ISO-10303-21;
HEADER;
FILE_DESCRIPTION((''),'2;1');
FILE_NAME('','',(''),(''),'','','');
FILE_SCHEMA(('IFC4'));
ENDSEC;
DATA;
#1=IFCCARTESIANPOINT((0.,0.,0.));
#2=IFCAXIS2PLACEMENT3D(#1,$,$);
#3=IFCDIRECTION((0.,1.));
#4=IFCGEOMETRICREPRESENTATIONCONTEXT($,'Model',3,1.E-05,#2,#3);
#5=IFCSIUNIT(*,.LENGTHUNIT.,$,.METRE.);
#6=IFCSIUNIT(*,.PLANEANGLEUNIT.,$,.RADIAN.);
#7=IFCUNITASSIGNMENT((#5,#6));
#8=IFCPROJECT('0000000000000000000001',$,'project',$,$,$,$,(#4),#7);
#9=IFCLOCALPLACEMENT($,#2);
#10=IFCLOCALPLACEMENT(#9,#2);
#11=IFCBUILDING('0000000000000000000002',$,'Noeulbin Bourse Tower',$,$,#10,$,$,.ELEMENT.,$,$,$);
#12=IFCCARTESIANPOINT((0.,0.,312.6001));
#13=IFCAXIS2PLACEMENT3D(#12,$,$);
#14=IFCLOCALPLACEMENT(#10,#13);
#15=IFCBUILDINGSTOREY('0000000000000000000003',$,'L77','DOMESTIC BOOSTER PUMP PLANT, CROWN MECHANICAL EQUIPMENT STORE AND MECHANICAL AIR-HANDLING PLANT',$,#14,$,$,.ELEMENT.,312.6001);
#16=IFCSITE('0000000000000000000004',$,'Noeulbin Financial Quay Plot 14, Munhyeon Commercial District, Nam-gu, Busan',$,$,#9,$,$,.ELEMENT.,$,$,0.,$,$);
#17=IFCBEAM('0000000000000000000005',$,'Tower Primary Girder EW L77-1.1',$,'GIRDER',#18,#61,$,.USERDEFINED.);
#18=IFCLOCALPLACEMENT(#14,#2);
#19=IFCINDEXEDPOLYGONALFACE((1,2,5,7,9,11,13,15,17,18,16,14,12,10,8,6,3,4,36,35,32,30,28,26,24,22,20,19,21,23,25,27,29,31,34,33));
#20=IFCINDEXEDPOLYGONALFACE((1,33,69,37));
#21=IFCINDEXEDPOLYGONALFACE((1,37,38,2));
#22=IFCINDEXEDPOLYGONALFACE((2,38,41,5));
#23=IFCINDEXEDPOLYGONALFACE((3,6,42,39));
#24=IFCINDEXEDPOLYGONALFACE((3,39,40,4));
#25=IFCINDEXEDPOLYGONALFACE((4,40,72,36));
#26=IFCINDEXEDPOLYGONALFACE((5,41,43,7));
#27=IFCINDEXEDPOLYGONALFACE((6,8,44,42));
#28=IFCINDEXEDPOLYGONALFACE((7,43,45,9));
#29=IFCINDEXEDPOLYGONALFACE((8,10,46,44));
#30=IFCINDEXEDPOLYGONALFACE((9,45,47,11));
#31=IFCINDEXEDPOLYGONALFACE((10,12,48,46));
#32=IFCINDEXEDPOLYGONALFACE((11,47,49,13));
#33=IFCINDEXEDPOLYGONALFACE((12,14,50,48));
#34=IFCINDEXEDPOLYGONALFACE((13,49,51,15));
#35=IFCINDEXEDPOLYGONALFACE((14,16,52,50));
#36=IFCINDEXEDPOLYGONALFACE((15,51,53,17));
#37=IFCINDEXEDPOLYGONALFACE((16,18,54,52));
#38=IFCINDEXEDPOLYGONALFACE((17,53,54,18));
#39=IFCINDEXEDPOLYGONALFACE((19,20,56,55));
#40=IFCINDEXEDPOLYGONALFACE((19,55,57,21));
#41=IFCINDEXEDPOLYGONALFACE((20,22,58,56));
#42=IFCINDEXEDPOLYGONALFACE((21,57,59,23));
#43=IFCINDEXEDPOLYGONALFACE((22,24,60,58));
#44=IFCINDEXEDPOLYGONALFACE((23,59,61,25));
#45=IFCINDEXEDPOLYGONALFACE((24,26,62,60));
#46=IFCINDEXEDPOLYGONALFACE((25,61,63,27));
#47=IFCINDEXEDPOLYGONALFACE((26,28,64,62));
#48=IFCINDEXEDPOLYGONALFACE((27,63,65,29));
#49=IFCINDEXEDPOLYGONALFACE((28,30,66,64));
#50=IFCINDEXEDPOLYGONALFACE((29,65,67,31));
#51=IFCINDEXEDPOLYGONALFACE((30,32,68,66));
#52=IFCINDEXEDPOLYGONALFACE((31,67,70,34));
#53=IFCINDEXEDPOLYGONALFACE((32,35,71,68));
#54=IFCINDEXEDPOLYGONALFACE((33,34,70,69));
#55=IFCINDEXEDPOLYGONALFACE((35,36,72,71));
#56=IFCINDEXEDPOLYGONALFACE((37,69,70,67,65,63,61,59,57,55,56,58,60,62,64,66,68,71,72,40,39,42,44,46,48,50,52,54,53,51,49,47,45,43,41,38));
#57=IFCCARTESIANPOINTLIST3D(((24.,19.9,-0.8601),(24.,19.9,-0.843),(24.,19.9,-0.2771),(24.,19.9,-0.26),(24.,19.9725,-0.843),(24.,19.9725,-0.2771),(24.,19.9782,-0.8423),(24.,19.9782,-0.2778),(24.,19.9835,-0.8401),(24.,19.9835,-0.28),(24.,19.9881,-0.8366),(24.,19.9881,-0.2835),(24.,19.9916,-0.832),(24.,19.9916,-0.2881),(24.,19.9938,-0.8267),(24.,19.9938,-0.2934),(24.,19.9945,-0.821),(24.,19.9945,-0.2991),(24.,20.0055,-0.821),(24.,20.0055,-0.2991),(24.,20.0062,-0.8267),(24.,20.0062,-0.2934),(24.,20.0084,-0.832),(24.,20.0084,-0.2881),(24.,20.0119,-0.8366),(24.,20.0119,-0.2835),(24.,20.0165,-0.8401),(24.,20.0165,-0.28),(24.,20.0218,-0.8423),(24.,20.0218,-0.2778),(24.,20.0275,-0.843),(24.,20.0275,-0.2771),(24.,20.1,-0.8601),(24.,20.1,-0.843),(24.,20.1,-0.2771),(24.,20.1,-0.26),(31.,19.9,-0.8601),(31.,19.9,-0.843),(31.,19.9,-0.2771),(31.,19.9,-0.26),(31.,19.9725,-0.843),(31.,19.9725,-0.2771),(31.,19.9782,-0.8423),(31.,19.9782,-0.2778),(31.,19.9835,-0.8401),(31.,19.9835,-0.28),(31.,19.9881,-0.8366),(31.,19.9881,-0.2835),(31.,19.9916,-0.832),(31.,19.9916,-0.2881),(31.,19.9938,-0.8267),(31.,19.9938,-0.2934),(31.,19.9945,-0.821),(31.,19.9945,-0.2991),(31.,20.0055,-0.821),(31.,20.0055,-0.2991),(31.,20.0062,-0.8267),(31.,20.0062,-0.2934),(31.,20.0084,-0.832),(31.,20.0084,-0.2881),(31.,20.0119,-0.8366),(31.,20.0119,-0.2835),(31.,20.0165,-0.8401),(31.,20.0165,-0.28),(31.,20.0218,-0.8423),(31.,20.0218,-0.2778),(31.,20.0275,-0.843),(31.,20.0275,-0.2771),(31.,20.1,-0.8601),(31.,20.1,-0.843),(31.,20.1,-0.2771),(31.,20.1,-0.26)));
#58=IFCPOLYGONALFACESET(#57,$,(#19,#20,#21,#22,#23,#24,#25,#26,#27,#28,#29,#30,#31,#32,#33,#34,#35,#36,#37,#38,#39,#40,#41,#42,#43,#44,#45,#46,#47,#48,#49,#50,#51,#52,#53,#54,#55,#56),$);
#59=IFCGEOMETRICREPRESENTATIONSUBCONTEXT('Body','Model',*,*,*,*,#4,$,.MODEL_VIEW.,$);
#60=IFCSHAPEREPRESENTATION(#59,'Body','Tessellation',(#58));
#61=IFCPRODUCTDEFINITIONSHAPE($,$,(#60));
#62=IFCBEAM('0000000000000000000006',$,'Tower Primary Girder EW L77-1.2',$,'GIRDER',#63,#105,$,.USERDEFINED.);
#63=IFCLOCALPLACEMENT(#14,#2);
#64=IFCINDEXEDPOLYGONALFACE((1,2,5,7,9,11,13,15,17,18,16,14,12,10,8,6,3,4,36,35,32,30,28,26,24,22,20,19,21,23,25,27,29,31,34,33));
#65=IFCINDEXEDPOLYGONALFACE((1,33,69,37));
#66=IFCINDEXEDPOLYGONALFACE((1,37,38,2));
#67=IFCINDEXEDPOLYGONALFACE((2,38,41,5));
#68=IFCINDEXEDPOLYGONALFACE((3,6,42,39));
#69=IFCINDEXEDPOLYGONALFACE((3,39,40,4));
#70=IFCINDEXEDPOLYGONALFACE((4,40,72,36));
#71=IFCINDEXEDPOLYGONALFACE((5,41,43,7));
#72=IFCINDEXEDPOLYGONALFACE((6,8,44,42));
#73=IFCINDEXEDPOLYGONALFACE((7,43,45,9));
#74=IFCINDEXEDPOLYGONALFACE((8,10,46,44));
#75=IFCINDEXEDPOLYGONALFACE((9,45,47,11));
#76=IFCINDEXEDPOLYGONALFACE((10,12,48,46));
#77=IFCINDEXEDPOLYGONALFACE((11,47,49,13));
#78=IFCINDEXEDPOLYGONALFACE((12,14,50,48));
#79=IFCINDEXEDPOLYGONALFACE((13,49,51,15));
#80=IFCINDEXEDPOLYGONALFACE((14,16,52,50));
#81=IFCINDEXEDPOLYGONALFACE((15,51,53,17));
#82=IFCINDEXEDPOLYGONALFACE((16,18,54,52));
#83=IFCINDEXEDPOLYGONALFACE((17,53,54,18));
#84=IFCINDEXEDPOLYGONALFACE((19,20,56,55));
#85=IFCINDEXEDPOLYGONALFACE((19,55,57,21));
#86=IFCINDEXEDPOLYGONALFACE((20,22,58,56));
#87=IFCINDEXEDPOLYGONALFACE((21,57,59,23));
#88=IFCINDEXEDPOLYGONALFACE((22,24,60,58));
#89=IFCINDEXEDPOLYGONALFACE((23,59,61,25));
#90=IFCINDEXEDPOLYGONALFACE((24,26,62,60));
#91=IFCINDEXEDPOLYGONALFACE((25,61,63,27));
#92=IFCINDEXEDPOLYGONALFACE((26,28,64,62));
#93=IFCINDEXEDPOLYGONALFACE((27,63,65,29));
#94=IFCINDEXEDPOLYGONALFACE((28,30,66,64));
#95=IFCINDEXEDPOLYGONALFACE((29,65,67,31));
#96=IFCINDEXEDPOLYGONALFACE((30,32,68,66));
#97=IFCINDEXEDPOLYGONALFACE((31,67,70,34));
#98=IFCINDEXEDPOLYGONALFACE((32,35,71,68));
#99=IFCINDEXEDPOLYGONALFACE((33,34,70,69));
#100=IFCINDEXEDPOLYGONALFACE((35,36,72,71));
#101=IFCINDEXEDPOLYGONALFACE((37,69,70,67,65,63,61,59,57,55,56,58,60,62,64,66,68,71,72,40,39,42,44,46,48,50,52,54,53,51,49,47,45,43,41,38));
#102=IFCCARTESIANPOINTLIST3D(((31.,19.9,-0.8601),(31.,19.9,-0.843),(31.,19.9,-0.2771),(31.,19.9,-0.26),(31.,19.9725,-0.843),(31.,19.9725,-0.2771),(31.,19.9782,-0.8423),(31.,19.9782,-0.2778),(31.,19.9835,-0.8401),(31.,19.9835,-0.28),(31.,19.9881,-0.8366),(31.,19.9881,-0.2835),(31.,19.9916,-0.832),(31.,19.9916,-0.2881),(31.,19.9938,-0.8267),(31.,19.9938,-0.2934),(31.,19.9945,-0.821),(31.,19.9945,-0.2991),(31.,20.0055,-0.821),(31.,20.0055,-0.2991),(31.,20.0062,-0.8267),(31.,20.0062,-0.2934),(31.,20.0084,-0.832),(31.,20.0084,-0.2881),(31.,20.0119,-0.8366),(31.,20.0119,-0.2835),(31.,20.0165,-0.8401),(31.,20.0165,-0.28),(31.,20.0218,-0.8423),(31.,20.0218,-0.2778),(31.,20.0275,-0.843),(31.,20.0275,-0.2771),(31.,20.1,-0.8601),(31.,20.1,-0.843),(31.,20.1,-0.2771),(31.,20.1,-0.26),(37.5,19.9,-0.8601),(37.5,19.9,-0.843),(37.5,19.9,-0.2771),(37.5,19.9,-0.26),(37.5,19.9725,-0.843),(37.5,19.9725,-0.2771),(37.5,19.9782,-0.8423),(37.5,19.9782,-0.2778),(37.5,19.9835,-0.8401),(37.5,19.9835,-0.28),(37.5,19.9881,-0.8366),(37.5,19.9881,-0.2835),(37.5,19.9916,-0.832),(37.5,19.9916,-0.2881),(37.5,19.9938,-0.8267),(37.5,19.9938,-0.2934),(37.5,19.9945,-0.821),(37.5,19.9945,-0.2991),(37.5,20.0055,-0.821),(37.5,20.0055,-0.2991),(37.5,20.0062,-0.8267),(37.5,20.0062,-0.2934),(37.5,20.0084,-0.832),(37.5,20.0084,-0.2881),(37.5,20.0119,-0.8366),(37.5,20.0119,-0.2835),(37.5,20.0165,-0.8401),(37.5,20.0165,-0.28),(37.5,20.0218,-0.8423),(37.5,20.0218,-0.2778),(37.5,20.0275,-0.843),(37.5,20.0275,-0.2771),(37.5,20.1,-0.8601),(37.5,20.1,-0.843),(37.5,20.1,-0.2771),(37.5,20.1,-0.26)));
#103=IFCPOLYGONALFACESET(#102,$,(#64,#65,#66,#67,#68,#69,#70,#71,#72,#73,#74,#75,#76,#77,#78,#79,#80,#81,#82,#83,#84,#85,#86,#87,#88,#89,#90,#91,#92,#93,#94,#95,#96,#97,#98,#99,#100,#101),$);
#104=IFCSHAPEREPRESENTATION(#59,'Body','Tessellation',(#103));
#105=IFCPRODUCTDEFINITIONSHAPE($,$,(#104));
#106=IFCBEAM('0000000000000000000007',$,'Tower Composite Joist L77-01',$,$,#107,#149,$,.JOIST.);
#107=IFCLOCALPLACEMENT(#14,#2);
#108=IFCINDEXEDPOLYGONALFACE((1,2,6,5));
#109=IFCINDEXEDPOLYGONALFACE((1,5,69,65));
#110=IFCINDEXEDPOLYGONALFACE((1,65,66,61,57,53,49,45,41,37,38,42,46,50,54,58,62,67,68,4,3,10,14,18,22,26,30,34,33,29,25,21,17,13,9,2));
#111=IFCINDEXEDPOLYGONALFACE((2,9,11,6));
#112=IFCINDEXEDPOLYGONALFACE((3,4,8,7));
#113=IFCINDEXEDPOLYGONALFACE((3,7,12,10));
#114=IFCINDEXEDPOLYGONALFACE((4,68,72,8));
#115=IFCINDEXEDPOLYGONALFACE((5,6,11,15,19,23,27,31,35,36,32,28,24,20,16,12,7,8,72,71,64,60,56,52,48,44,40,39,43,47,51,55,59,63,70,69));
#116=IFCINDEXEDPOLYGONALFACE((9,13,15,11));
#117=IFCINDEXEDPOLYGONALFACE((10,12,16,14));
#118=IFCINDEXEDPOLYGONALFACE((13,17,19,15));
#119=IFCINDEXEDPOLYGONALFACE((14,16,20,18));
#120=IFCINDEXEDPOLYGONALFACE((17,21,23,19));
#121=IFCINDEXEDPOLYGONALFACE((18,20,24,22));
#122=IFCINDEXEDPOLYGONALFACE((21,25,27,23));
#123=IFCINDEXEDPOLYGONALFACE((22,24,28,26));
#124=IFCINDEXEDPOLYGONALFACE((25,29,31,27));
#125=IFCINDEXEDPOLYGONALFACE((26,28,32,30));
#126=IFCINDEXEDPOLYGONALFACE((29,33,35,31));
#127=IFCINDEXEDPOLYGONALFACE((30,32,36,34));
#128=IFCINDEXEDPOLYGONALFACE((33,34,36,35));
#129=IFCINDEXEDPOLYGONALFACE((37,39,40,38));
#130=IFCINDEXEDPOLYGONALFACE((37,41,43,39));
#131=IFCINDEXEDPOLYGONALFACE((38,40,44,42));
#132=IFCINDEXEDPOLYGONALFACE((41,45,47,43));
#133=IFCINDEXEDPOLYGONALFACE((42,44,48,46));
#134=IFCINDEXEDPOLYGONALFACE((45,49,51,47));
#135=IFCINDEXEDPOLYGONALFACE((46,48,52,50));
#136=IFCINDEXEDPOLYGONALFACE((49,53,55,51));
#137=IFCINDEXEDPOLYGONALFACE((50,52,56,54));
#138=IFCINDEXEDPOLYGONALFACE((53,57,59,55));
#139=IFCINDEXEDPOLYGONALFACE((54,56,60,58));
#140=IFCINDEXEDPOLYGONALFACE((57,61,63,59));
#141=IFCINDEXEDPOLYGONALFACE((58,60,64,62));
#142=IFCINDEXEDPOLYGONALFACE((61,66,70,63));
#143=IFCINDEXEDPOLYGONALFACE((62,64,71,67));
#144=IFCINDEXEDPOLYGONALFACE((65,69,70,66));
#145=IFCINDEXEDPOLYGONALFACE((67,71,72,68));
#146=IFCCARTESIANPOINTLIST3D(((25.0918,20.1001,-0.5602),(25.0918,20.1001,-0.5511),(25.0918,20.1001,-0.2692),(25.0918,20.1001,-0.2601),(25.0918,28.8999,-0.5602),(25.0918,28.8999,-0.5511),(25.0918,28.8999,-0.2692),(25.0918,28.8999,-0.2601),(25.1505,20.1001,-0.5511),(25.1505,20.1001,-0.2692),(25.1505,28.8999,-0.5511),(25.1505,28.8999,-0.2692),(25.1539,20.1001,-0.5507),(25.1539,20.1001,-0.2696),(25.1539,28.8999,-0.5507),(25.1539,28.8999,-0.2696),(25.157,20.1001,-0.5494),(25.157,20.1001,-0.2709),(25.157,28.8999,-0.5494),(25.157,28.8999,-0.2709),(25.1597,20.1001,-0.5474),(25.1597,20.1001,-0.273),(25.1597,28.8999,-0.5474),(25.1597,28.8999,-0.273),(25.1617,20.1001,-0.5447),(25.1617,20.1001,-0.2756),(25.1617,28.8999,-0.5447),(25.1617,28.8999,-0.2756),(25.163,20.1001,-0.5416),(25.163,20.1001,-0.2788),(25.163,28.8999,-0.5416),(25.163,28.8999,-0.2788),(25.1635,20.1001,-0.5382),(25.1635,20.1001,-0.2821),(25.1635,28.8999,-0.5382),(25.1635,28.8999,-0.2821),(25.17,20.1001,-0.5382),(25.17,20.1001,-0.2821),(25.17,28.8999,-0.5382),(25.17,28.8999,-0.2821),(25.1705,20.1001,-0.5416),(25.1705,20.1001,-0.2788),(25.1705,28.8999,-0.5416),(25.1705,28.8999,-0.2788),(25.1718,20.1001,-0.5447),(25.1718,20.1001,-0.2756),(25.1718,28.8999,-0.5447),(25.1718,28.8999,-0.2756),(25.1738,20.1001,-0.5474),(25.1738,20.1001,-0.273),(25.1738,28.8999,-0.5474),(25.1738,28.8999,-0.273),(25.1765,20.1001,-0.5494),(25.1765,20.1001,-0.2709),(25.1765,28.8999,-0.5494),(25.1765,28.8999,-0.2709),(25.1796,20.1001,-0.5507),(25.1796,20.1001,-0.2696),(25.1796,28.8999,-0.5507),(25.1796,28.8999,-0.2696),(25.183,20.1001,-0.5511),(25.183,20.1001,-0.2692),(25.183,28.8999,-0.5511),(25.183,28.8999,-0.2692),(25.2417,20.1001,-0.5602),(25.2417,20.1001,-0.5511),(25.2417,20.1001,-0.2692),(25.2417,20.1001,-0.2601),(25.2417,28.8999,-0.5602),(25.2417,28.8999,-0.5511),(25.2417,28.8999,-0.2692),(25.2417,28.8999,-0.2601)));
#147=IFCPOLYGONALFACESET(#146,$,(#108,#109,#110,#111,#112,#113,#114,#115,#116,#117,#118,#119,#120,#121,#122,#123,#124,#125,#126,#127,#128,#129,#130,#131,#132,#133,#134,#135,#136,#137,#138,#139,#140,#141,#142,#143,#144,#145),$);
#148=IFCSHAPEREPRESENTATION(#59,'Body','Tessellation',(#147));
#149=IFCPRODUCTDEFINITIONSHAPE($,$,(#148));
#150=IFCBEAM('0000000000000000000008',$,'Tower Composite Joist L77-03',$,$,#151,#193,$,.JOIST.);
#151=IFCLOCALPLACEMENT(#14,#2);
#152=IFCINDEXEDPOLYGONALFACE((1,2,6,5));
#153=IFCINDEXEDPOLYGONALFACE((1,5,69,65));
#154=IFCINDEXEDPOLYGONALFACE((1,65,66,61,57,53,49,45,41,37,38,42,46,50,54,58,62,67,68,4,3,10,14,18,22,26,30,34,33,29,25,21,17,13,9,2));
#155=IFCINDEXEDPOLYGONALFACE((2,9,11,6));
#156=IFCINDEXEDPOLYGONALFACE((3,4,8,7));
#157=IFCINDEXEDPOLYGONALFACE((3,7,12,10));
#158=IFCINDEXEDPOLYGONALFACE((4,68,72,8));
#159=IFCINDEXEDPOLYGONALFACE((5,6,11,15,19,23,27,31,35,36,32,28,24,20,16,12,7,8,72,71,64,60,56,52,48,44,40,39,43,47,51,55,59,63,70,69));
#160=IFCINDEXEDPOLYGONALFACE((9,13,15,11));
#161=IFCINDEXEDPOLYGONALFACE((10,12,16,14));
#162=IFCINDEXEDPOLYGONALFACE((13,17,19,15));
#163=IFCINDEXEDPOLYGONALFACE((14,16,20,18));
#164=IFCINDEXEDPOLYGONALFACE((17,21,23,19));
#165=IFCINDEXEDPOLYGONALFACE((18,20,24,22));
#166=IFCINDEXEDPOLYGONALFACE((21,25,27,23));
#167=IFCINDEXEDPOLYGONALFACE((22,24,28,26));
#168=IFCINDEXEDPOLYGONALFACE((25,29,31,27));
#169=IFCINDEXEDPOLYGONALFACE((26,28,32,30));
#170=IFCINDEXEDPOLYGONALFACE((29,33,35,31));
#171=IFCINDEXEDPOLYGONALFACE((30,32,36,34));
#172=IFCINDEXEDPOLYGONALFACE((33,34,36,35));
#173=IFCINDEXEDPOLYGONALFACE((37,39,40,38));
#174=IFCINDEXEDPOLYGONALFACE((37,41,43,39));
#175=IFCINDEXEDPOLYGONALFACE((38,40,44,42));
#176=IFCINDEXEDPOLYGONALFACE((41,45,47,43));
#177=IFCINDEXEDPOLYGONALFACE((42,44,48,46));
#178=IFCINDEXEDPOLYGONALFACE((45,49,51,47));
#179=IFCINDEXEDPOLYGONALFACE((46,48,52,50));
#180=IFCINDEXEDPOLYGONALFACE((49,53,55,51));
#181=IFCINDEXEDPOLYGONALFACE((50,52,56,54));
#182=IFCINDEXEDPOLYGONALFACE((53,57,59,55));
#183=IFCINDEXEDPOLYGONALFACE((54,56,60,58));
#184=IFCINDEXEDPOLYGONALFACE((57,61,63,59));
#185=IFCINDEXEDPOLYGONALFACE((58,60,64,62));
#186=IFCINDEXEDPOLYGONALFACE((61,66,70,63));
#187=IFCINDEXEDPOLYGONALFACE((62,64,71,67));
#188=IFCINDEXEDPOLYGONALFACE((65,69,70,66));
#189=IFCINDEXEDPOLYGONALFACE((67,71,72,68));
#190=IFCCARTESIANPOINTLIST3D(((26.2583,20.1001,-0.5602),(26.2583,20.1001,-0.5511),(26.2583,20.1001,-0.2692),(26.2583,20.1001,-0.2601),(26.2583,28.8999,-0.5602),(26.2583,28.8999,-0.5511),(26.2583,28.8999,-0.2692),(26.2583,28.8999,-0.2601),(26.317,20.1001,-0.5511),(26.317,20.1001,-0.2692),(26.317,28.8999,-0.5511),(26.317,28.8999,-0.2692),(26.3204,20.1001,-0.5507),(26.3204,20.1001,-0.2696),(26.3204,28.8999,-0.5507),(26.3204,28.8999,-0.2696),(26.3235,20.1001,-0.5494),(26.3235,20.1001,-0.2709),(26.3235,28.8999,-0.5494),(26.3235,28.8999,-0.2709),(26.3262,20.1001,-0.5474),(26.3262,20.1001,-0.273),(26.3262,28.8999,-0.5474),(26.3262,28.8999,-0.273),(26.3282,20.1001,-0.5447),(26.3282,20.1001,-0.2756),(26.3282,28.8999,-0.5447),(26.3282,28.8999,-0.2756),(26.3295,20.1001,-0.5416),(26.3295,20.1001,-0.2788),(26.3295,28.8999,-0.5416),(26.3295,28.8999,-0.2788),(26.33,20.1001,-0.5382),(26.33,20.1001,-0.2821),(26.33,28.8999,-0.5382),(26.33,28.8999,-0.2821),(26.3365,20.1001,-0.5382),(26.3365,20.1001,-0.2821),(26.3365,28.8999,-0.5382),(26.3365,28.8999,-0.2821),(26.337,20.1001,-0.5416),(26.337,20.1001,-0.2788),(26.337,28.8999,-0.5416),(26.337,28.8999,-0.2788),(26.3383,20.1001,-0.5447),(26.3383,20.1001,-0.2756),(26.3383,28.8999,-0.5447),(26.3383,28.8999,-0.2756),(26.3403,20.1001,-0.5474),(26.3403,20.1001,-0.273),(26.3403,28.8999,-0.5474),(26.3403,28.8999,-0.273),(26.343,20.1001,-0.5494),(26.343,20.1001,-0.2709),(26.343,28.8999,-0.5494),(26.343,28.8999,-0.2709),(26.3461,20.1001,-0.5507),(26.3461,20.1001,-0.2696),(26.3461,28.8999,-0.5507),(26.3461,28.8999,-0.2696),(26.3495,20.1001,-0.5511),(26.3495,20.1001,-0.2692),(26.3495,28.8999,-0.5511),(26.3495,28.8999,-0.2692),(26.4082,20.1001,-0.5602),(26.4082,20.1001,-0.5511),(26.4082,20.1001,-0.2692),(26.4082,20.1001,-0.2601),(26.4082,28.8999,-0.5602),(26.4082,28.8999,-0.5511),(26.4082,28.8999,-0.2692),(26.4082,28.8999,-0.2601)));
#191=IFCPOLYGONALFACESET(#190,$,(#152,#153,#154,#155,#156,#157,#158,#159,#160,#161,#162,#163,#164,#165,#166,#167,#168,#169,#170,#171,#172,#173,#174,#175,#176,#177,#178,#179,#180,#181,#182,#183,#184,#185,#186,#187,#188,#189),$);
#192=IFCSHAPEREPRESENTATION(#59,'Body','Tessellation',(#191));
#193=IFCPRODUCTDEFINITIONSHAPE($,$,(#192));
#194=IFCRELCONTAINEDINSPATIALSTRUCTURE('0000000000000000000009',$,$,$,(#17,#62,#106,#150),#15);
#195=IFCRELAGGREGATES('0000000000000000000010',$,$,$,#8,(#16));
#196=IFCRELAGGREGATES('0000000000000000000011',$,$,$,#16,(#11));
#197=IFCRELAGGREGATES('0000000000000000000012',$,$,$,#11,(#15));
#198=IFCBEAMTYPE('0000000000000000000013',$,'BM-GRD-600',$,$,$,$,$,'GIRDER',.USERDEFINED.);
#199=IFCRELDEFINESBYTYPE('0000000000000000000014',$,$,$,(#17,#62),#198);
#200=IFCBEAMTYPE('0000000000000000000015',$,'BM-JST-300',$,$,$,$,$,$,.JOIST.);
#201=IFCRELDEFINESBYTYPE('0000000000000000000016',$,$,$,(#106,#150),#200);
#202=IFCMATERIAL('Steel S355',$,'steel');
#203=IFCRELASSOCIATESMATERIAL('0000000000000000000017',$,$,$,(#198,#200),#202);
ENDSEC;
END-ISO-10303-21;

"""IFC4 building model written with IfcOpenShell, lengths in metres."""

from ifc_helpers import new_model, si_unit, direction, frame, origin, origin_2d, place, context, subcontext, project, spatial, i_section, extrude, material, material_profile, profile_set, type_object, element, save


model = new_model("IFC4")

# Units and contexts
model_context = context("Model", 3, precision=1e-05, world=origin(), true_north=direction((0.0, 1.0)))
body_context = subcontext(model_context, "Body", "Model", "MODEL_VIEW")
ifc_project = project(units=[si_unit("LENGTHUNIT", "METRE"), si_unit("PLANEANGLEUNIT", "RADIAN")], contexts=[model_context])

# Site, building, storey
site_placement = place(None, origin())
site = spatial("IfcSite", under=ifc_project, at=site_placement, Name="Noeulbin Financial Quay Plot 14, Munhyeon Commercial District, Nam-gu, Busan", CompositionType="ELEMENT", RefElevation=0.0)
building_placement = place(site_placement, origin())
building = spatial("IfcBuilding", under=site, at=building_placement, Name="Noeulbin Bourse Tower", CompositionType="ELEMENT")
storey_placement = place(building_placement, frame((0.0, 0.0, 312.6001)))
storey = spatial("IfcBuildingStorey", under=building, at=storey_placement, Name="L77", Description="DOMESTIC BOOSTER PUMP PLANT, CROWN MECHANICAL EQUIPMENT STORE AND MECHANICAL AIR-HANDLING PLANT", CompositionType="ELEMENT", Elevation=312.6001)

# Shared definitions
ifc_material_1 = material(Name="Steel S355", Category="steel")

# Beams
ifc_material_profile_1 = material_profile(ifc_material_1, i_section(OverallWidth=0.2, OverallDepth=0.6001, WebThickness=0.011, FlangeThickness=0.0171, FilletRadius=0.022, at=origin_2d()), Name="H-600x200x11x17", Category="LoadBearing")
ifc_profile_set_1 = profile_set([ifc_material_profile_1], Name="Steel S355")
beam_type_1 = type_object("IfcBeamType", Name="BM-GRD-600", ElementType="GIRDER", PredefinedType="USERDEFINED", material=ifc_profile_set_1)
beam_1_placement = place(storey_placement, frame((24.0, 20.0, -0.5601), z_axis=(1.0, 0.0, 0.0), x_axis=(0.0, 1.0, 0.0)))
element("IfcBeam", 1, at=beam_1_placement, inside=storey, type_object=beam_type_1, Name="Tower Primary Girder EW L77-1.1", ObjectType="GIRDER", PredefinedType="USERDEFINED", context=body_context, shape_type="SweptSolid", body=[
    extrude(i_section(OverallWidth=0.2, OverallDepth=0.6001, WebThickness=0.011, FlangeThickness=0.0171, FilletRadius=0.022, at=origin_2d()), origin(), (0.0, 0.0, 1.0), 7.0),
])
beam_2_placement = place(storey_placement, frame((31.0, 20.0, -0.5601), z_axis=(1.0, 0.0, 0.0), x_axis=(0.0, 1.0, 0.0)))
element("IfcBeam", 2, at=beam_2_placement, inside=storey, type_object=beam_type_1, Name="Tower Primary Girder EW L77-1.2", ObjectType="GIRDER", PredefinedType="USERDEFINED", context=body_context, shape_type="SweptSolid", body=[
    extrude(i_section(OverallWidth=0.2, OverallDepth=0.6001, WebThickness=0.011, FlangeThickness=0.0171, FilletRadius=0.022, at=origin_2d()), origin(), (0.0, 0.0, 1.0), 6.5),
])
ifc_material_profile_2 = material_profile(ifc_material_1, i_section(OverallWidth=0.1499, OverallDepth=0.3, WebThickness=0.0066, FlangeThickness=0.009, FilletRadius=0.0129, at=origin_2d()), Name="H-300x150x6.5x9", Category="LoadBearing")
ifc_profile_set_2 = profile_set([ifc_material_profile_2], Name="Steel S355")
beam_type_2 = type_object("IfcBeamType", Name="BM-JST-300", PredefinedType="JOIST", material=ifc_profile_set_2)
for number, where, z_axis, x_axis, name in (
    (3, (25.1667, 20.1001, -0.4102), (0.0, 1.0, 0.0), (-1.0, 0.0, 0.0), "Tower Composite Joist L77-01"),
    (4, (26.3333, 20.1001, -0.4102), (0.0, 1.0, 0.0), (-1.0, 0.0, 0.0), "Tower Composite Joist L77-03"),
):
    element("IfcBeam", number, at=place(storey_placement, frame(where, z_axis=z_axis, x_axis=x_axis)), inside=storey, type_object=beam_type_2, Name=name, PredefinedType="JOIST", context=body_context, shape_type="SweptSolid", body=[
        extrude(i_section(OverallWidth=0.1499, OverallDepth=0.3, WebThickness=0.0066, FlangeThickness=0.009, FilletRadius=0.0129, at=origin_2d()), origin(), (0.0, 0.0, 1.0), 8.7998),
    ])

save(model, "model.ifc")
